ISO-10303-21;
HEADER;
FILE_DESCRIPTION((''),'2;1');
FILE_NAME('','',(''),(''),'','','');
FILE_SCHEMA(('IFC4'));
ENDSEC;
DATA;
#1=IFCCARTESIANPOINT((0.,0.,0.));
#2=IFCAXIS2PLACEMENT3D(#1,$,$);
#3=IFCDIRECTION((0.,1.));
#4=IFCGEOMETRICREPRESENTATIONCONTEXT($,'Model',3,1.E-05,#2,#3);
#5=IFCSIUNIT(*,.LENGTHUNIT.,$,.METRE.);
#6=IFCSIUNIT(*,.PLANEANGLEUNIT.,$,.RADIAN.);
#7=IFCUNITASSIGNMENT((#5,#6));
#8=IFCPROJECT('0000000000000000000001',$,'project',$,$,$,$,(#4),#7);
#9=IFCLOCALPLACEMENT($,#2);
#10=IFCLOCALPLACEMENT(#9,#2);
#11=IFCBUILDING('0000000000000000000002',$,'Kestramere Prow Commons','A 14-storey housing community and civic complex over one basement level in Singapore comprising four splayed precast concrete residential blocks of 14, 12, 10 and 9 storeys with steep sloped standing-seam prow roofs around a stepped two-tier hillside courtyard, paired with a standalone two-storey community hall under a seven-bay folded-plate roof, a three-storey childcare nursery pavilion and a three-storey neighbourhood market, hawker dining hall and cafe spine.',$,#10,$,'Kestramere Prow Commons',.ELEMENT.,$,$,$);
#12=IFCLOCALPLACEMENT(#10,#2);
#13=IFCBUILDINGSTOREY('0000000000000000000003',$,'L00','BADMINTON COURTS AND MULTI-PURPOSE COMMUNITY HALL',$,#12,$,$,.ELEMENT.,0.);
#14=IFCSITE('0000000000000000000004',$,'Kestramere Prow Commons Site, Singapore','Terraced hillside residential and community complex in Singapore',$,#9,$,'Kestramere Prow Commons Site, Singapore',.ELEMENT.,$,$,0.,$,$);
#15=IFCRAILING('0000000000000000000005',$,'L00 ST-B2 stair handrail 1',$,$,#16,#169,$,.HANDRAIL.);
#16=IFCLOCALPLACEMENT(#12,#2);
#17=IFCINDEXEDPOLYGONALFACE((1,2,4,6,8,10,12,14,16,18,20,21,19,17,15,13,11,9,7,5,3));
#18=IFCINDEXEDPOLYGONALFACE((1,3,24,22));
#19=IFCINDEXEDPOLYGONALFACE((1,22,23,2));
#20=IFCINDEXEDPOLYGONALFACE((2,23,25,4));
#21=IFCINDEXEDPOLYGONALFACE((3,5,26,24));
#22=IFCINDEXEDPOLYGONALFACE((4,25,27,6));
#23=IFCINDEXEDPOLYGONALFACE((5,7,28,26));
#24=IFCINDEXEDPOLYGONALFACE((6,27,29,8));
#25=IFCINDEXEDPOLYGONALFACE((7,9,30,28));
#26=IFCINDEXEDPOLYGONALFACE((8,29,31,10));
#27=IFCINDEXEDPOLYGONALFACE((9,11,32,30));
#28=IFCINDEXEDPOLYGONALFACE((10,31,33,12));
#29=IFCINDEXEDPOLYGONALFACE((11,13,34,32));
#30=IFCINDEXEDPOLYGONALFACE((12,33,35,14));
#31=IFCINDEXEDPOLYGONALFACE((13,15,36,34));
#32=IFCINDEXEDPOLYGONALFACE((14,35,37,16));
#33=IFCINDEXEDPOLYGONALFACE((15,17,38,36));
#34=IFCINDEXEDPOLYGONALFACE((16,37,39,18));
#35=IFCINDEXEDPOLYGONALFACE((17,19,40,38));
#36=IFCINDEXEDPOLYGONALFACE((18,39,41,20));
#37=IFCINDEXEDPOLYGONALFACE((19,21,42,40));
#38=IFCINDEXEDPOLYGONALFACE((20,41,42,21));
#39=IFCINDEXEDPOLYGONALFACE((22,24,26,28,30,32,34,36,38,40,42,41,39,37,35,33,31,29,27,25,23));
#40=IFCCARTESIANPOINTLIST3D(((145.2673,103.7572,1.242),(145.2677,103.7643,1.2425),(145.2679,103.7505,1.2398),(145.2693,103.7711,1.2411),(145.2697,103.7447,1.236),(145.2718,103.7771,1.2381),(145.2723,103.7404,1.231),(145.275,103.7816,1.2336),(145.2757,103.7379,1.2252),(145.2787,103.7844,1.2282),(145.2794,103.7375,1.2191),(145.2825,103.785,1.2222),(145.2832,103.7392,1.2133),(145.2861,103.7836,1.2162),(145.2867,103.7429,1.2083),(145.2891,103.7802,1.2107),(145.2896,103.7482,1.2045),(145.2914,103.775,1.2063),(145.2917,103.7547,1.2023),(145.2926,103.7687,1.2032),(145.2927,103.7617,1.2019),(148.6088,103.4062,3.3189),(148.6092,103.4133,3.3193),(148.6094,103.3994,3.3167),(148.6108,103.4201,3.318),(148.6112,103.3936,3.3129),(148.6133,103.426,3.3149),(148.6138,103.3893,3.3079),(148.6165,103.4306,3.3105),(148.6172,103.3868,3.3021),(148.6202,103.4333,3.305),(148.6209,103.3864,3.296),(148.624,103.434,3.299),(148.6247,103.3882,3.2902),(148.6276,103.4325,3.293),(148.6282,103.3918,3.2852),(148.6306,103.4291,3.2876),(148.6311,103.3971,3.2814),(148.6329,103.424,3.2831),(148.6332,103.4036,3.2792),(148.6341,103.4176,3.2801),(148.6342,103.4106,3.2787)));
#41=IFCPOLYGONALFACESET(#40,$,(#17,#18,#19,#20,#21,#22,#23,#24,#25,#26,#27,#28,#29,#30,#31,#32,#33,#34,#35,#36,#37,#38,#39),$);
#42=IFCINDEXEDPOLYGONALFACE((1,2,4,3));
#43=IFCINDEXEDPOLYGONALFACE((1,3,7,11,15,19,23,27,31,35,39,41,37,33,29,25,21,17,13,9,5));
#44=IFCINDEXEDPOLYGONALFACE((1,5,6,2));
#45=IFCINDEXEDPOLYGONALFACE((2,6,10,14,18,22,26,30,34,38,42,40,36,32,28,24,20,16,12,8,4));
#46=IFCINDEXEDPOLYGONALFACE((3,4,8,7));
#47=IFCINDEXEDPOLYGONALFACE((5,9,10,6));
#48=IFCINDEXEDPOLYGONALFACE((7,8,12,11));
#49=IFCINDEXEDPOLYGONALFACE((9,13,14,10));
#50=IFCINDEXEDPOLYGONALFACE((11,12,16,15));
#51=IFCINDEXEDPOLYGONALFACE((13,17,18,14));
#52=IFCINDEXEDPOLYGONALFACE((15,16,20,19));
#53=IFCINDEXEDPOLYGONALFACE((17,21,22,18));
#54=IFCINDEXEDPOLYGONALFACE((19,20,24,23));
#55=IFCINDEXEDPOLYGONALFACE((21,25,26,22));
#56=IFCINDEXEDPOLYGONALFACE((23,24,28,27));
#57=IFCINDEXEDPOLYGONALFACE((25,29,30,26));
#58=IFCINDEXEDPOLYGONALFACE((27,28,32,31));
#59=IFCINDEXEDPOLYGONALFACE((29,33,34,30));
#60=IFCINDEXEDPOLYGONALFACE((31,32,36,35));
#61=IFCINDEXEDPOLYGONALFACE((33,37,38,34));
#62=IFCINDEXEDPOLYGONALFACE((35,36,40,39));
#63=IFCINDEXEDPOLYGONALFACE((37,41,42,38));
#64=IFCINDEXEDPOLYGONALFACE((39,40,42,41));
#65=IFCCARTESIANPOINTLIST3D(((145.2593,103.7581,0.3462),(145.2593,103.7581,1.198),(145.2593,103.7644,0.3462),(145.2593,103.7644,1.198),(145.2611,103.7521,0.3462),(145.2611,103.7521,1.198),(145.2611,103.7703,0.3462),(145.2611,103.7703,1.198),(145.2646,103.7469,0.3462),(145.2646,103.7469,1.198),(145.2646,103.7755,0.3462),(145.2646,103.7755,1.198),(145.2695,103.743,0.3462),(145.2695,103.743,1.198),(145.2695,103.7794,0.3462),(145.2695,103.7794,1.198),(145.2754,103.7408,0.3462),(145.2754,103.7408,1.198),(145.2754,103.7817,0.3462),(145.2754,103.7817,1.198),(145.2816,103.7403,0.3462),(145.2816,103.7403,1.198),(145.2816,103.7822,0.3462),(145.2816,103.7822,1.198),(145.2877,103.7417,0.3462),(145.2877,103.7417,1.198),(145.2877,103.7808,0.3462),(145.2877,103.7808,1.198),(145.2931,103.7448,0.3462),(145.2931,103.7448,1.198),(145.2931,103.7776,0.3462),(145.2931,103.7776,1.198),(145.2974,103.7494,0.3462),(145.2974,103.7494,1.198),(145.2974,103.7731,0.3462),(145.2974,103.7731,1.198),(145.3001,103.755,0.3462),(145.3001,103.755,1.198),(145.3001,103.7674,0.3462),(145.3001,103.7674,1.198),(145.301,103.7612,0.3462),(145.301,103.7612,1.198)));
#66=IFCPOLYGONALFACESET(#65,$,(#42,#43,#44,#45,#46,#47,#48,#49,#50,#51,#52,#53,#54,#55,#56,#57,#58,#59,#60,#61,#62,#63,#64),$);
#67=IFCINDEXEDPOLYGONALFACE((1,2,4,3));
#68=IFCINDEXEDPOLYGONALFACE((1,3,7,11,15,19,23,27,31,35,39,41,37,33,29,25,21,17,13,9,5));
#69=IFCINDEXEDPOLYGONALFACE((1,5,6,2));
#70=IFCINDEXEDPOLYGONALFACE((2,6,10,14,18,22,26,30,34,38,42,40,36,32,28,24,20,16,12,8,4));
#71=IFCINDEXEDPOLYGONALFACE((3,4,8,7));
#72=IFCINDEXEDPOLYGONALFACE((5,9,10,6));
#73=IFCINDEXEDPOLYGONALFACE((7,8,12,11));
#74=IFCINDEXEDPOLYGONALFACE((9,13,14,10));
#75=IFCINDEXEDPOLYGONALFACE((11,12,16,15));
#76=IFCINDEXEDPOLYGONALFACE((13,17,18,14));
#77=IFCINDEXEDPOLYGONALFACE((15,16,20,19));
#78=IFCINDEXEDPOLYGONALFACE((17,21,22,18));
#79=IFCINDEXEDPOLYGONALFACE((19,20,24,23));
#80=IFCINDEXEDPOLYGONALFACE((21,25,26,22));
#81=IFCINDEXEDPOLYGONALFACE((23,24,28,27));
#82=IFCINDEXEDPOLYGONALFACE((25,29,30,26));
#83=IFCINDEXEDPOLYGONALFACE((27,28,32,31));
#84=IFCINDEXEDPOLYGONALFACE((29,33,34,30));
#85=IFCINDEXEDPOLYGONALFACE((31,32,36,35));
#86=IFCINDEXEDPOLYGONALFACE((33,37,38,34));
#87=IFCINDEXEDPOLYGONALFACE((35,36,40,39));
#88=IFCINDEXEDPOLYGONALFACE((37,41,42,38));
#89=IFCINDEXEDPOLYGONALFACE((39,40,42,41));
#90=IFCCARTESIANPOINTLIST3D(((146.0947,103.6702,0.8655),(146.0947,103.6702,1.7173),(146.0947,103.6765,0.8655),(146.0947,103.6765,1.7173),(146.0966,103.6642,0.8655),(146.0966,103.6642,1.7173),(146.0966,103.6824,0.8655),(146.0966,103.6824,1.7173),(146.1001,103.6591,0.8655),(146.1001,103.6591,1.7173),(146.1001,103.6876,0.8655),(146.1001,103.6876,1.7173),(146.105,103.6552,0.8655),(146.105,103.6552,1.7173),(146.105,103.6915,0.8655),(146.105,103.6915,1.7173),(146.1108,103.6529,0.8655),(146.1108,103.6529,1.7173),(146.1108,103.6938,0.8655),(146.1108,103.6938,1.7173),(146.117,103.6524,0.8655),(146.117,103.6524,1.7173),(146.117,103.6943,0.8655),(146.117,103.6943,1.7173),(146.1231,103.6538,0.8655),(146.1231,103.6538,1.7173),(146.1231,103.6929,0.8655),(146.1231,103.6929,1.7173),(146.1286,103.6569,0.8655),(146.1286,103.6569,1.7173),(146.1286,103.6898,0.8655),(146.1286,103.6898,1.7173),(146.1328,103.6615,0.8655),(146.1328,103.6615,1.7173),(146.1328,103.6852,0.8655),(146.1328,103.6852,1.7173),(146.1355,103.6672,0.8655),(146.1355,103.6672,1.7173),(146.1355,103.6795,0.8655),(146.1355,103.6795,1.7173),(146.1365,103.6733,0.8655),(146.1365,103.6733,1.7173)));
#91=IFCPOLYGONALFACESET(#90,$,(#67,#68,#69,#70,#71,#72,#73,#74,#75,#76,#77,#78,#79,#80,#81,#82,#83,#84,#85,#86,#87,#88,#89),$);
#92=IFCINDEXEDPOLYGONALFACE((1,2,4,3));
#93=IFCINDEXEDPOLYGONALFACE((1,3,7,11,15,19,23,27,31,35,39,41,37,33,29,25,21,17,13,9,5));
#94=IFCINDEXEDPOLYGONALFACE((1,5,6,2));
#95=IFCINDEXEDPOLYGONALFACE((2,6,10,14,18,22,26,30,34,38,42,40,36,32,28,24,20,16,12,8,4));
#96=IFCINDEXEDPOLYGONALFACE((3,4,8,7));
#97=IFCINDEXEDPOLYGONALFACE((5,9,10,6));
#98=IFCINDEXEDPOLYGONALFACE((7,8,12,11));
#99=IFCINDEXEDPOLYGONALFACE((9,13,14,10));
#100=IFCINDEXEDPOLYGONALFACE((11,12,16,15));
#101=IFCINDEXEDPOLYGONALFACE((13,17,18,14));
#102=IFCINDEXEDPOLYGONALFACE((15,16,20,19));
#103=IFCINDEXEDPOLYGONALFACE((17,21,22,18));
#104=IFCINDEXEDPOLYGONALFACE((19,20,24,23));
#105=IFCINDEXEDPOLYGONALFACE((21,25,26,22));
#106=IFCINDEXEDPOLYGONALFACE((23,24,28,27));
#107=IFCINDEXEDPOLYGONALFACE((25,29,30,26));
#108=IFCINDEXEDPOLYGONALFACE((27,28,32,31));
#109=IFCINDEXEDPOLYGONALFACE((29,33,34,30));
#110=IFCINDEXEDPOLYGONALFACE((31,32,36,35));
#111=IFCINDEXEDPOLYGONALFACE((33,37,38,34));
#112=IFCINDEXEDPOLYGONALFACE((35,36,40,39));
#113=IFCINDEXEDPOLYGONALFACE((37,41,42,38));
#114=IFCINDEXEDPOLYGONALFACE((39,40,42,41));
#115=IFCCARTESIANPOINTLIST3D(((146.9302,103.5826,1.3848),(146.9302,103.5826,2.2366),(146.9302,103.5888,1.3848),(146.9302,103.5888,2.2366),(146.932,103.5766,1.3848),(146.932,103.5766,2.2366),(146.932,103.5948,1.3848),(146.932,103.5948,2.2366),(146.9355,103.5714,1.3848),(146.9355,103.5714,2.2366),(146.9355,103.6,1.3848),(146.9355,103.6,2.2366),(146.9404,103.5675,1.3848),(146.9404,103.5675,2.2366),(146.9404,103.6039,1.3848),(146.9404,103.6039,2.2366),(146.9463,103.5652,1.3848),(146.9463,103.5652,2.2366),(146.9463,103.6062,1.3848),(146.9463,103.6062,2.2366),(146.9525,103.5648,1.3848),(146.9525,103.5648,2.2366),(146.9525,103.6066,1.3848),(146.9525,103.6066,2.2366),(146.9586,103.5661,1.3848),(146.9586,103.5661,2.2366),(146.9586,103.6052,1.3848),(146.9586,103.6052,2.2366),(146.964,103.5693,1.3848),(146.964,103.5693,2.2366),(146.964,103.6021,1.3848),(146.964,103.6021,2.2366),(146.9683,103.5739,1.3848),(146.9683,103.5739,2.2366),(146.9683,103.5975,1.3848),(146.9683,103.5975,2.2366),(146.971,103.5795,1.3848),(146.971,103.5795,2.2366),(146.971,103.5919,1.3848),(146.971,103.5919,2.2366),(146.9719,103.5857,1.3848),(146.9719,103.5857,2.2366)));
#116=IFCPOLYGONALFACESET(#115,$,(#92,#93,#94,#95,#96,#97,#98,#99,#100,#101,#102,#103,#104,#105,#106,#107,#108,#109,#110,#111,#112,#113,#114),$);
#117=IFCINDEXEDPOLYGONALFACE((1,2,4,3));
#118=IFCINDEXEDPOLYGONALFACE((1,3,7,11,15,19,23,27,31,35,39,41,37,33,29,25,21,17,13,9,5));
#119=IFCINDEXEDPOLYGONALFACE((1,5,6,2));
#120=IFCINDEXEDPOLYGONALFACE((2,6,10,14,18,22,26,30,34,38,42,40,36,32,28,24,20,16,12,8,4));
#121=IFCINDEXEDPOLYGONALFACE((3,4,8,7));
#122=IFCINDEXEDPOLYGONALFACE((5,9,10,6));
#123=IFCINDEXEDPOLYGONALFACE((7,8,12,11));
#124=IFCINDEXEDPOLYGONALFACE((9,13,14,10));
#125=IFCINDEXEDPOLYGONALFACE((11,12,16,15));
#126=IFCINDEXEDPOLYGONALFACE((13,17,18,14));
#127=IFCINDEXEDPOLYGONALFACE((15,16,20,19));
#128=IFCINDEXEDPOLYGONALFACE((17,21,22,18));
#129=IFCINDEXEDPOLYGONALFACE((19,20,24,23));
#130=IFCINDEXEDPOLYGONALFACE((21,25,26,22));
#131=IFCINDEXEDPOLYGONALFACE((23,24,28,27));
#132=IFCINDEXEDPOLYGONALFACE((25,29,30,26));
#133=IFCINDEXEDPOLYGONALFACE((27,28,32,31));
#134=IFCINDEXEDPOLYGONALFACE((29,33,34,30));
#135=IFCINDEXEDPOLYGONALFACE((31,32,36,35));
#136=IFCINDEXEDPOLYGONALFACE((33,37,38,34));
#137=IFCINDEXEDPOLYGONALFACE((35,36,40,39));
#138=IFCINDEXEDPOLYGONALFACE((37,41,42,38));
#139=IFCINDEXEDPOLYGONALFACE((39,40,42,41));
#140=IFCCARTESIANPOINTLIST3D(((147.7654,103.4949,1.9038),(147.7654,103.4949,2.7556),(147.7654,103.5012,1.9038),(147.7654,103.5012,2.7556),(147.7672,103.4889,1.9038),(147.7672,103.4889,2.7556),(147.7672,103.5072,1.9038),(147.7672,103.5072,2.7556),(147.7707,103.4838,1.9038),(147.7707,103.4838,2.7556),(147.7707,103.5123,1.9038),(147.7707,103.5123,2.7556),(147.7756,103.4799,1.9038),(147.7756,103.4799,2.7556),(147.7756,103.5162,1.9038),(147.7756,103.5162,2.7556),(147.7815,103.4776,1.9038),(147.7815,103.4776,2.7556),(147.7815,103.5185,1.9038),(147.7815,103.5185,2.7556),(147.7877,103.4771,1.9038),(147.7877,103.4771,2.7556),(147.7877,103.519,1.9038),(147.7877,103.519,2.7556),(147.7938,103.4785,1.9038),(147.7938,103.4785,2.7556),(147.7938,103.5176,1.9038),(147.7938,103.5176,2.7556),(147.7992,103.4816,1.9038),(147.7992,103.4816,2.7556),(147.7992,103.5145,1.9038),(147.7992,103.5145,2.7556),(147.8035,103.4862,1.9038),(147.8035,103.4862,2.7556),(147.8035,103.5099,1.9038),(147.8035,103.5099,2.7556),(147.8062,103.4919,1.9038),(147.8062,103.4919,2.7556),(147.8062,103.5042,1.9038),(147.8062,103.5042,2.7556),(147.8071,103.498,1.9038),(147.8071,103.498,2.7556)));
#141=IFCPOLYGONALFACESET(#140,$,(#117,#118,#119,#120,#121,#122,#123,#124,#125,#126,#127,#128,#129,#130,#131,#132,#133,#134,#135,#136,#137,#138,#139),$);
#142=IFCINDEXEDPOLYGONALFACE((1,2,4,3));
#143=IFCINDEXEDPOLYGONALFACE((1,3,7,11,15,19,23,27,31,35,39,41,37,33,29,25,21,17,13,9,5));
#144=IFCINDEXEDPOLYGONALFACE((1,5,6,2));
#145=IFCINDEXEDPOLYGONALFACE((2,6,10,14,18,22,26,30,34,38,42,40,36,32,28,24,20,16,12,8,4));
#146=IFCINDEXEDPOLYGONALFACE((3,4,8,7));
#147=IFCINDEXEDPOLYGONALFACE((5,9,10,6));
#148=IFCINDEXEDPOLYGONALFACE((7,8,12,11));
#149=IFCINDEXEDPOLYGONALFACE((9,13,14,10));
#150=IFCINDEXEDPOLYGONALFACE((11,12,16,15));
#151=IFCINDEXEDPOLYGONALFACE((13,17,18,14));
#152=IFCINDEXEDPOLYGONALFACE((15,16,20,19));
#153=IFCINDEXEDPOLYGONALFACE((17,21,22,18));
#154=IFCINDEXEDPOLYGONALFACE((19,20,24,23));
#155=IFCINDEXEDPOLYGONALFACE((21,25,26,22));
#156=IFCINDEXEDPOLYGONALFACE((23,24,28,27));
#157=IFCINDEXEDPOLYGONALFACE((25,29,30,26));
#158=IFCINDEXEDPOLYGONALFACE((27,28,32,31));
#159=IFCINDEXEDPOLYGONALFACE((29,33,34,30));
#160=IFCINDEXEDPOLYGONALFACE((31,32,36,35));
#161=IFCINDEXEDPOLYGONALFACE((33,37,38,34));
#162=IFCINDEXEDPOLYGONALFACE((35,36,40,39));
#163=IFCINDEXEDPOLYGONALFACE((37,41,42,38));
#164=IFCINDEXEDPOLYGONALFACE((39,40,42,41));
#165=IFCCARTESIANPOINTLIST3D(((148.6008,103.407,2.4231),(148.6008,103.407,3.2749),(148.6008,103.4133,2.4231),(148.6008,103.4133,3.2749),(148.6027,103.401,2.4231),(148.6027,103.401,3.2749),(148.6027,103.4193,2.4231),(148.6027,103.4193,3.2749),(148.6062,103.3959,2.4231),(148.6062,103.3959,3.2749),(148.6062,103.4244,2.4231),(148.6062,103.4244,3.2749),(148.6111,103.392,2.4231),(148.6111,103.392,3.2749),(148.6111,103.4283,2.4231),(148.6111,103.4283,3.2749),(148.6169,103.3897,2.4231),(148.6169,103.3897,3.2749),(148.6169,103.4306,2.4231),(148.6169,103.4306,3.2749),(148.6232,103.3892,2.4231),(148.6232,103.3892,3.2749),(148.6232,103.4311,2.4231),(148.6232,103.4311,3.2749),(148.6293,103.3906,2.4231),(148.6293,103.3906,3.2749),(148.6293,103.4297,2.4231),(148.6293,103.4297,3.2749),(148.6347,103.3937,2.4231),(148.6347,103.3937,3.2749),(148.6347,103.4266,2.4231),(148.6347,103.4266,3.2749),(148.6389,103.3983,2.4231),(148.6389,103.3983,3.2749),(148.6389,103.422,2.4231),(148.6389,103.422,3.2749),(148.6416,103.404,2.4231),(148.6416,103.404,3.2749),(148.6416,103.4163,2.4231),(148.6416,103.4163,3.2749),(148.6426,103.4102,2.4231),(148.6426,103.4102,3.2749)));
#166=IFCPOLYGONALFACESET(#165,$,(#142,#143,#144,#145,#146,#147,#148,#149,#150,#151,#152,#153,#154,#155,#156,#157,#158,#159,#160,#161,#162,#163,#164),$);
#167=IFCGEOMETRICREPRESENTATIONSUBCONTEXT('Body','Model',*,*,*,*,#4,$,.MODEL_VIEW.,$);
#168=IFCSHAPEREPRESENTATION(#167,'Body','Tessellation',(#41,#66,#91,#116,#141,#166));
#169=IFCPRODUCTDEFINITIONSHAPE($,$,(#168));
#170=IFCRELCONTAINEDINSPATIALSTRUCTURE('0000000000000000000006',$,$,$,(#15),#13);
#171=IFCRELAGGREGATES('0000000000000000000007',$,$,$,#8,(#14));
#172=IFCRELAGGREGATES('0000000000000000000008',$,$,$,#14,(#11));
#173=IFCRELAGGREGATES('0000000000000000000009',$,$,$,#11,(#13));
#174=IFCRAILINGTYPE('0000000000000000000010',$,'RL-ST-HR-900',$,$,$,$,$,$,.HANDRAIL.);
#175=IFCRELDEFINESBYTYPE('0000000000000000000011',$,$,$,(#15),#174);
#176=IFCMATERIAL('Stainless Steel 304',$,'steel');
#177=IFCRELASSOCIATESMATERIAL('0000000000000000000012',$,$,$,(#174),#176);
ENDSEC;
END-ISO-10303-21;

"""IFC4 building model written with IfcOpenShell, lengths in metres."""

from ifc_helpers import new_model, si_unit, direction, frame, origin, origin_2d, place, context, subcontext, project, spatial, circle, extrude, material, type_object, element, save


model = new_model("IFC4")

# Units and contexts
model_context = context("Model", 3, precision=1e-05, world=origin(), true_north=direction((0.0, 1.0)))
body_context = subcontext(model_context, "Body", "Model", "MODEL_VIEW")
ifc_project = project(units=[si_unit("LENGTHUNIT", "METRE"), si_unit("PLANEANGLEUNIT", "RADIAN")], contexts=[model_context])

# Site, building, storey
site_placement = place(None, origin())
site = spatial("IfcSite", under=ifc_project, at=site_placement, Name="Kestramere Prow Commons Site, Singapore", Description="Terraced hillside residential and community complex in Singapore", LongName="Kestramere Prow Commons Site, Singapore", CompositionType="ELEMENT", RefElevation=0.0)
building_placement = place(site_placement, origin())
building = spatial("IfcBuilding", under=site, at=building_placement, Name="Kestramere Prow Commons", Description="A 14-storey housing community and civic complex over one basement level in Singapore comprising four splayed precast concrete residential blocks of 14, 12, 10 and 9 storeys with steep sloped standing-seam prow roofs around a stepped two-tier hillside courtyard, paired with a standalone two-storey community hall under a seven-bay folded-plate roof, a three-storey childcare nursery pavilion and a three-storey neighbourhood market, hawker dining hall and cafe spine.", LongName="Kestramere Prow Commons", CompositionType="ELEMENT")
storey_placement = place(building_placement, origin())
storey = spatial("IfcBuildingStorey", under=building, at=storey_placement, Name="L00", Description="BADMINTON COURTS AND MULTI-PURPOSE COMMUNITY HALL", CompositionType="ELEMENT", Elevation=0.0)

# Railing
ifc_material_1 = material(Name="Stainless Steel 304", Category="steel")
railing_type_1 = type_object("IfcRailingType", Name="RL-ST-HR-900", PredefinedType="HANDRAIL", material=ifc_material_1)
railing_1_placement = place(storey_placement, frame((145.28, 103.7612, 0.3462)))
element("IfcRailing", 1, at=railing_1_placement, inside=storey, type_object=railing_type_1, Name="L00 ST-B2 stair handrail 1", PredefinedType="HANDRAIL", context=body_context, shape_type="SweptSolid", body=[
    extrude(circle(Radius=0.0239, at=origin_2d()), frame((0.0, 0.0, 0.876), z_axis=(0.845956, -0.088879, 0.525794), x_axis=(0.104488, 0.994526, 0.0)), (0.0, 0.0, 1.0), 3.95),
    extrude(circle(Radius=0.021, at=origin_2d()), origin(), (0.0, 0.0, 1.0), 0.8518),
    extrude(circle(Radius=0.021, at=origin_2d()), frame((0.8354, -0.0879, 0.5193)), (0.0, 0.0, 1.0), 0.8518),
    extrude(circle(Radius=0.021, at=origin_2d()), frame((1.6709, -0.1755, 1.0386)), (0.0, 0.0, 1.0), 0.8518),
    extrude(circle(Radius=0.021, at=origin_2d()), frame((2.5061, -0.2632, 1.5576)), (0.0, 0.0, 1.0), 0.8518),
    extrude(circle(Radius=0.021, at=origin_2d()), frame((3.3416, -0.3511, 2.0769)), (0.0, 0.0, 1.0), 0.8518),
])

save(model, "model.ifc")
